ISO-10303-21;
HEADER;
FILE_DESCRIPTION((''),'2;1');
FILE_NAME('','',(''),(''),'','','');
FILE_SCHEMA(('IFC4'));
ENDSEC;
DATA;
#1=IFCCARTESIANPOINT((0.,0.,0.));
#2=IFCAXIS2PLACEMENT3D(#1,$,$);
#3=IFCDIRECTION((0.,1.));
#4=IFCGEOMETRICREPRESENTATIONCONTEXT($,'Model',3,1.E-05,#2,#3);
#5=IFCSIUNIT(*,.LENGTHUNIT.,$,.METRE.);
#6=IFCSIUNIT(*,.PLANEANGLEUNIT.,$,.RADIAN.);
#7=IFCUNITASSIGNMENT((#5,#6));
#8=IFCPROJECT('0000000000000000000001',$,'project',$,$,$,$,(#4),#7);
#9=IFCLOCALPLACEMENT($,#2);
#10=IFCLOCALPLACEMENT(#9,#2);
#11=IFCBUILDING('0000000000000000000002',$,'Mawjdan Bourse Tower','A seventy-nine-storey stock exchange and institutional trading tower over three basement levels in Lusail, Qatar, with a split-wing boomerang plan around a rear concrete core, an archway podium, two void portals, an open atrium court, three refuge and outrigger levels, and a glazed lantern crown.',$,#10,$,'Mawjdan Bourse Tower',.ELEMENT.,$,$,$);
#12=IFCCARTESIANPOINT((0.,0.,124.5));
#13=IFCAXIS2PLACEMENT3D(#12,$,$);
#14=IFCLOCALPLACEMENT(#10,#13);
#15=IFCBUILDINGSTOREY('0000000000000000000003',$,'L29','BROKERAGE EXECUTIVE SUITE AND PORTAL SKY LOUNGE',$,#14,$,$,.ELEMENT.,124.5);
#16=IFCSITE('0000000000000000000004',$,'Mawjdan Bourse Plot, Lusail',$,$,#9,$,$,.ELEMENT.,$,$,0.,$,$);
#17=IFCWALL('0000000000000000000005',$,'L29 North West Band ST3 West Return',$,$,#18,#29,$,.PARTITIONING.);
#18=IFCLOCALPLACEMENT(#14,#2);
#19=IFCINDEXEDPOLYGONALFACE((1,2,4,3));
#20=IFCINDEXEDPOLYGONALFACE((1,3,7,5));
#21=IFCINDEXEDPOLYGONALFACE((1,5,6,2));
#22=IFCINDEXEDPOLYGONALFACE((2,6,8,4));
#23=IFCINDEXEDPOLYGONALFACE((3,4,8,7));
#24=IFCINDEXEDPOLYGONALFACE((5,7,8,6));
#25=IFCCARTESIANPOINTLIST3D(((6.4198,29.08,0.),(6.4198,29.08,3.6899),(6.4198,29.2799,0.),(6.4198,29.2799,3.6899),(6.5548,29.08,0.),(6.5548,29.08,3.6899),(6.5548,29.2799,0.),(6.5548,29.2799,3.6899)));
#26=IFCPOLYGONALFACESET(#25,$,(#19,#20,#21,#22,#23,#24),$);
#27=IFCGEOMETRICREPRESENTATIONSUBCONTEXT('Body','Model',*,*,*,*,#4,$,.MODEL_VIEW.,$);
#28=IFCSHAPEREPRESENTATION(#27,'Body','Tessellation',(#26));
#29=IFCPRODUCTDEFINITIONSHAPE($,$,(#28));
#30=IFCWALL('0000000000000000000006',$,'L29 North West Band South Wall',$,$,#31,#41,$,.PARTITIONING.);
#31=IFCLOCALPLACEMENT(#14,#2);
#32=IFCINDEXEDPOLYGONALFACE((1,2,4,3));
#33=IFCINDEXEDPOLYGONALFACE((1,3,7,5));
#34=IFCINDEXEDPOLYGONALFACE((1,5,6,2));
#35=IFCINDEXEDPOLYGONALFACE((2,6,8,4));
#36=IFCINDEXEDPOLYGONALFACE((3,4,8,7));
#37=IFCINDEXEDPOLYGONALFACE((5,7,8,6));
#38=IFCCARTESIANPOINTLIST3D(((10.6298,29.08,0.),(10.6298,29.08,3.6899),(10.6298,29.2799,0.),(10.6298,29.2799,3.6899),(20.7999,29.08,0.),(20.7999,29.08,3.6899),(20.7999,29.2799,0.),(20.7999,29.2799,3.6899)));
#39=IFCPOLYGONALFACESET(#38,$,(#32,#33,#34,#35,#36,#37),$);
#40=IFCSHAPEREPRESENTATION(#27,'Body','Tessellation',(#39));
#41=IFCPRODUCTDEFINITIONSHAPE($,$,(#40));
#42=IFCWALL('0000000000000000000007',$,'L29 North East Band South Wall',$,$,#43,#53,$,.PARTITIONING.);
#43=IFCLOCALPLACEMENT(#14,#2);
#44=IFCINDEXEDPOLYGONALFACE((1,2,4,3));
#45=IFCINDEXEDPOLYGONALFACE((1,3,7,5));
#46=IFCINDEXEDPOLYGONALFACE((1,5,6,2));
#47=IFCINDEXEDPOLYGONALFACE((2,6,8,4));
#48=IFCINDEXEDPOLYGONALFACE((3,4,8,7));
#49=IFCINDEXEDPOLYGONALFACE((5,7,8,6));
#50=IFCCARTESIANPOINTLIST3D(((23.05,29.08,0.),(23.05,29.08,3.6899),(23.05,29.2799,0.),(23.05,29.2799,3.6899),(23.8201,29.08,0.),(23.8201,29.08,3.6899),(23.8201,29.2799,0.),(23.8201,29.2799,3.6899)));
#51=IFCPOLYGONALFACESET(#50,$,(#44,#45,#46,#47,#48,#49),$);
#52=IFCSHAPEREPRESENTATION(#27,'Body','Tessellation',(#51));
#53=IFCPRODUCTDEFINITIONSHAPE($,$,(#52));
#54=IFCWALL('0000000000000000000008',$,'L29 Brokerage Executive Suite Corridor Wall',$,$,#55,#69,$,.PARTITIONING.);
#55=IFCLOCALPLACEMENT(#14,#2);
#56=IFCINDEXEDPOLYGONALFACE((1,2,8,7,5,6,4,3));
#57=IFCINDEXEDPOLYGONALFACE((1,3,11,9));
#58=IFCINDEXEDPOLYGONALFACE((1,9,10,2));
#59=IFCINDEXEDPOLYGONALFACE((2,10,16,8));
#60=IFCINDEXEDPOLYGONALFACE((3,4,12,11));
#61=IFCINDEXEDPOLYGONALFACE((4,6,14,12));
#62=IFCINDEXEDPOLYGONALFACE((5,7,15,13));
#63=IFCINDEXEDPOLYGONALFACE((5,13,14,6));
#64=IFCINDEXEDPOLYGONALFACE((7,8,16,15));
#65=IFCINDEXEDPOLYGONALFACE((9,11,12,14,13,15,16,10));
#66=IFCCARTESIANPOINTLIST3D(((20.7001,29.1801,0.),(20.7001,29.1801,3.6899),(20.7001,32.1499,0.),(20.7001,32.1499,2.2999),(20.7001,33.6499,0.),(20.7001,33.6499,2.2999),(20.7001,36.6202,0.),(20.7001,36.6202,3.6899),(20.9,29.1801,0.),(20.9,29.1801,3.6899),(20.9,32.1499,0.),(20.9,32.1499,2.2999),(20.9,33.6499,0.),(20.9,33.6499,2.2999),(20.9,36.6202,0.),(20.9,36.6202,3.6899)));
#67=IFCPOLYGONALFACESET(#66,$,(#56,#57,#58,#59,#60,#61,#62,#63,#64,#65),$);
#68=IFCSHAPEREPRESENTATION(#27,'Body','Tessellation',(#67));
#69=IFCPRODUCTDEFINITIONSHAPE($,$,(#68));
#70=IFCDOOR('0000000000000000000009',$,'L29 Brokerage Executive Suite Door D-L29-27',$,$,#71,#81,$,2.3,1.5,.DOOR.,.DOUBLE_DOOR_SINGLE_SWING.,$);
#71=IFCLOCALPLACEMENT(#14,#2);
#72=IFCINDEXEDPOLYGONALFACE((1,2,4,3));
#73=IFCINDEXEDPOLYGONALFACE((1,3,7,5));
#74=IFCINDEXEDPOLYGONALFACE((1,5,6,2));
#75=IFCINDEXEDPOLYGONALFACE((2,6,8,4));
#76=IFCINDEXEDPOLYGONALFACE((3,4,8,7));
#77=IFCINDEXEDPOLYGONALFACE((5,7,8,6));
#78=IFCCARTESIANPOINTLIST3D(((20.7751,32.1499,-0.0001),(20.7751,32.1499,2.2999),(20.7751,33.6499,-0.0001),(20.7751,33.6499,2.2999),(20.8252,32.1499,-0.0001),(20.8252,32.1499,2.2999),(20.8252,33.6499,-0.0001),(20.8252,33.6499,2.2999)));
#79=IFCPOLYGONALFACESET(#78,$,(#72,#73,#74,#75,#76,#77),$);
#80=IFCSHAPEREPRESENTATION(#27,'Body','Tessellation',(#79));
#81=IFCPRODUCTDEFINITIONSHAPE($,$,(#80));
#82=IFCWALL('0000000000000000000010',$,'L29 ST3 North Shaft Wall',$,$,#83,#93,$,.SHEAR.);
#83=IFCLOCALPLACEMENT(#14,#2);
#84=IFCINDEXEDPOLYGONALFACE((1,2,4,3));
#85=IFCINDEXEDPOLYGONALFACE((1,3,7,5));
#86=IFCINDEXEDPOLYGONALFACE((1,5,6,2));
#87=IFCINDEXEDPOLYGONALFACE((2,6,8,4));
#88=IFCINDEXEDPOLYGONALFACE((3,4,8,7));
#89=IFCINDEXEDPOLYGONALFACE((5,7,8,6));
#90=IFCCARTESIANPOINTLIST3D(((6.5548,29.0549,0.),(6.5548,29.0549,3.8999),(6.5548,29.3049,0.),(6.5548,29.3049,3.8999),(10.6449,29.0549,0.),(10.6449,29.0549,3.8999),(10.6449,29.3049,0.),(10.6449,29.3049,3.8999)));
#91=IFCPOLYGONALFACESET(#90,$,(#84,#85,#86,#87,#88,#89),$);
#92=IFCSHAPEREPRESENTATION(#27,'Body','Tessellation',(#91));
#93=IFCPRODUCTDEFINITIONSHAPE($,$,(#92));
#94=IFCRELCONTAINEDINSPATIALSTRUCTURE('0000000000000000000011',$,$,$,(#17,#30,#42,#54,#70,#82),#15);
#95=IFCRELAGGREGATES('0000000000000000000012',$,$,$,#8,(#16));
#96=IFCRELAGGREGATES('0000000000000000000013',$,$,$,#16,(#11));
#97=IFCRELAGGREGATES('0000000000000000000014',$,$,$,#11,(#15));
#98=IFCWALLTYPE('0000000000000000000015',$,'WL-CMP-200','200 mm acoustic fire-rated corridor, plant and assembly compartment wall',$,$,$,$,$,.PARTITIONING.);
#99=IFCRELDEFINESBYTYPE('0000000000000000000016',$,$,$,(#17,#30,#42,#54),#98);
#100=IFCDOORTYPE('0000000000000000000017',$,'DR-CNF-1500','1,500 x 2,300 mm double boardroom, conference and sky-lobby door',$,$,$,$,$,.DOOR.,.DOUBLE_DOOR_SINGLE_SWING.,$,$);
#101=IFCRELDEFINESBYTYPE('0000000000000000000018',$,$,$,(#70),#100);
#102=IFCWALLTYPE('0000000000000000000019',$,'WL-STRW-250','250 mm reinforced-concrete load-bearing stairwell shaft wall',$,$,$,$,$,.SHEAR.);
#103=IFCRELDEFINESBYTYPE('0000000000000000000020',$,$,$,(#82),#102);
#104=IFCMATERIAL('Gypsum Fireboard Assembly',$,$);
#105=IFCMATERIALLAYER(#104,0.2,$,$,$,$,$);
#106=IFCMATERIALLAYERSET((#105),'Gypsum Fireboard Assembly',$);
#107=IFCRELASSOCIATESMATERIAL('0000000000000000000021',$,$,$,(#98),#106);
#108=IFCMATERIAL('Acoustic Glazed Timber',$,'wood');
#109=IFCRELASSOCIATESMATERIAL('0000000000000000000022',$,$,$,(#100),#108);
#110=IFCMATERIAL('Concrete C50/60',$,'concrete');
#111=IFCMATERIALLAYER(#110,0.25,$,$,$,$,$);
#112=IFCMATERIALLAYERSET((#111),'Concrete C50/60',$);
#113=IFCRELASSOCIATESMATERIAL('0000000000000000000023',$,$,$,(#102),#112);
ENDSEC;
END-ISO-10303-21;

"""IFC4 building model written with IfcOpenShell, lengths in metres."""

from ifc_helpers import new_model, si_unit, direction, frame, frame_2d, origin, place, context, subcontext, project, spatial, rectangle, extrude, material, layer, layer_set, type_object, element, fill, save


model = new_model("IFC4")

# Units and contexts
model_context = context("Model", 3, precision=1e-05, world=origin(), true_north=direction((0.0, 1.0)))
body_context = subcontext(model_context, "Body", "Model", "MODEL_VIEW")
ifc_project = project(units=[si_unit("LENGTHUNIT", "METRE"), si_unit("PLANEANGLEUNIT", "RADIAN")], contexts=[model_context])

# Site, building, storey
site_placement = place(None, origin())
site = spatial("IfcSite", under=ifc_project, at=site_placement, Name="Mawjdan Bourse Plot, Lusail", CompositionType="ELEMENT", RefElevation=0.0)
building_placement = place(site_placement, origin())
building = spatial("IfcBuilding", under=site, at=building_placement, Name="Mawjdan Bourse Tower", Description="A seventy-nine-storey stock exchange and institutional trading tower over three basement levels in Lusail, Qatar, with a split-wing boomerang plan around a rear concrete core, an archway podium, two void portals, an open atrium court, three refuge and outrigger levels, and a glazed lantern crown.", LongName="Mawjdan Bourse Tower", CompositionType="ELEMENT")
storey_placement = place(building_placement, frame((0.0, 0.0, 124.5)))
storey = spatial("IfcBuildingStorey", under=building, at=storey_placement, Name="L29", Description="BROKERAGE EXECUTIVE SUITE AND PORTAL SKY LOUNGE", CompositionType="ELEMENT", Elevation=124.5)

# Walls
ifc_material_1 = material(Name="Gypsum Fireboard Assembly")
ifc_layer_1 = layer(ifc_material_1, 0.2)
ifc_layer_set_1 = layer_set([ifc_layer_1], Name="Gypsum Fireboard Assembly")
wall_type_1 = type_object("IfcWallType", Name="WL-CMP-200", Description="200 mm acoustic fire-rated corridor, plant and assembly compartment wall", PredefinedType="PARTITIONING", material=ifc_layer_set_1)
wall_1_placement = place(storey_placement, frame((6.4199, 29.1799, 0.0), z_axis=(0.0, 0.0, 1.0), x_axis=(1.0, 0.0, 0.0)))
element("IfcWall", 1, at=wall_1_placement, inside=storey, type_object=wall_type_1, Name="L29 North West Band ST3 West Return", PredefinedType="PARTITIONING", context=body_context, shape_type="SweptSolid", body=[
    extrude(rectangle(XDim=0.135, YDim=0.2, at=frame_2d((0.0674, 0.0))), origin(), (0.0, 0.0, 1.0), 3.6899),
])
wall_2_placement = place(storey_placement, frame((10.6299, 29.1799, 0.0), z_axis=(0.0, 0.0, 1.0), x_axis=(1.0, 0.0, 0.0)))
element("IfcWall", 2, at=wall_2_placement, inside=storey, type_object=wall_type_1, Name="L29 North West Band South Wall", PredefinedType="PARTITIONING", context=body_context, shape_type="SweptSolid", body=[
    extrude(rectangle(XDim=10.1702, YDim=0.2, at=frame_2d((5.085, 0.0))), origin(), (0.0, 0.0, 1.0), 3.6899),
])
wall_3_placement = place(storey_placement, frame((23.05, 29.1799, 0.0), z_axis=(0.0, 0.0, 1.0), x_axis=(1.0, 0.0, 0.0)))
element("IfcWall", 3, at=wall_3_placement, inside=storey, type_object=wall_type_1, Name="L29 North East Band South Wall", PredefinedType="PARTITIONING", context=body_context, shape_type="SweptSolid", body=[
    extrude(rectangle(XDim=0.77, YDim=0.2, at=frame_2d((0.385, 0.0))), origin(), (0.0, 0.0, 1.0), 3.6899),
])

# Wall, opening, door
wall_4_placement = place(storey_placement, frame((20.8, 29.1799, 0.0), z_axis=(0.0, 0.0, 1.0), x_axis=(0.0, 1.0, 0.0)))
wall_4 = element("IfcWall", 4, at=wall_4_placement, inside=storey, type_object=wall_type_1, Name="L29 Brokerage Executive Suite Corridor Wall", PredefinedType="PARTITIONING", context=body_context, shape_type="SweptSolid", body=[
    extrude(rectangle(XDim=7.4402, YDim=0.2, at=frame_2d((3.7202, 0.0))), origin(), (0.0, 0.0, 1.0), 3.6899),
])
opening_placement = place(wall_4_placement, frame((2.97, 0.0, 0.0)))
opening = element("IfcOpeningElement", 5, at=opening_placement, cuts=wall_4, PredefinedType="OPENING", context=body_context, shape_type="SweptSolid", body=[
    extrude(rectangle(XDim=1.5, YDim=2.3, at=frame_2d((0.75, 1.1499))), frame((0.0, 0.1099, 0.0), z_axis=(0.0, -1.0, 0.0), x_axis=(1.0, 0.0, 0.0)), (0.0, 0.0, 1.0), 0.22),
])
ifc_material_2 = material(Name="Acoustic Glazed Timber", Category="wood")
door_type = type_object("IfcDoorType", Name="DR-CNF-1500", Description="1,500 x 2,300 mm double boardroom, conference and sky-lobby door", OperationType="DOUBLE_DOOR_SINGLE_SWING", PredefinedType="DOOR", material=ifc_material_2)
door_placement = place(opening_placement, origin())
door = element("IfcDoor", 6, at=door_placement, inside=storey, type_object=door_type, Name="L29 Brokerage Executive Suite Door D-L29-27", OperationType="DOUBLE_DOOR_SINGLE_SWING", OverallHeight=2.3, OverallWidth=1.5, PredefinedType="DOOR", context=body_context, shape_type="SweptSolid", body=[
    extrude(rectangle(XDim=1.5, YDim=2.3, at=frame_2d((0.75, 1.1499))), frame((0.0, 0.0249, 0.0), z_axis=(0.0, -1.0, 0.0), x_axis=(1.0, 0.0, 0.0)), (0.0, 0.0, 1.0), 0.05),
])
fill(opening, door)

# Wall
ifc_material_3 = material(Name="Concrete C50/60", Category="concrete")
ifc_layer_2 = layer(ifc_material_3, 0.25)
ifc_layer_set_2 = layer_set([ifc_layer_2], Name="Concrete C50/60")
wall_type_2 = type_object("IfcWallType", Name="WL-STRW-250", Description="250 mm reinforced-concrete load-bearing stairwell shaft wall", PredefinedType="SHEAR", material=ifc_layer_set_2)
wall_5_placement = place(storey_placement, frame((6.5549, 29.1799, 0.0), z_axis=(0.0, 0.0, 1.0), x_axis=(1.0, 0.0, 0.0)))
element("IfcWall", 7, at=wall_5_placement, inside=storey, type_object=wall_type_2, Name="L29 ST3 North Shaft Wall", PredefinedType="SHEAR", context=body_context, shape_type="SweptSolid", body=[
    extrude(rectangle(XDim=4.0901, YDim=0.25, at=frame_2d((2.0449, 0.0))), origin(), (0.0, 0.0, 1.0), 3.8999),
])

save(model, "model.ifc")
